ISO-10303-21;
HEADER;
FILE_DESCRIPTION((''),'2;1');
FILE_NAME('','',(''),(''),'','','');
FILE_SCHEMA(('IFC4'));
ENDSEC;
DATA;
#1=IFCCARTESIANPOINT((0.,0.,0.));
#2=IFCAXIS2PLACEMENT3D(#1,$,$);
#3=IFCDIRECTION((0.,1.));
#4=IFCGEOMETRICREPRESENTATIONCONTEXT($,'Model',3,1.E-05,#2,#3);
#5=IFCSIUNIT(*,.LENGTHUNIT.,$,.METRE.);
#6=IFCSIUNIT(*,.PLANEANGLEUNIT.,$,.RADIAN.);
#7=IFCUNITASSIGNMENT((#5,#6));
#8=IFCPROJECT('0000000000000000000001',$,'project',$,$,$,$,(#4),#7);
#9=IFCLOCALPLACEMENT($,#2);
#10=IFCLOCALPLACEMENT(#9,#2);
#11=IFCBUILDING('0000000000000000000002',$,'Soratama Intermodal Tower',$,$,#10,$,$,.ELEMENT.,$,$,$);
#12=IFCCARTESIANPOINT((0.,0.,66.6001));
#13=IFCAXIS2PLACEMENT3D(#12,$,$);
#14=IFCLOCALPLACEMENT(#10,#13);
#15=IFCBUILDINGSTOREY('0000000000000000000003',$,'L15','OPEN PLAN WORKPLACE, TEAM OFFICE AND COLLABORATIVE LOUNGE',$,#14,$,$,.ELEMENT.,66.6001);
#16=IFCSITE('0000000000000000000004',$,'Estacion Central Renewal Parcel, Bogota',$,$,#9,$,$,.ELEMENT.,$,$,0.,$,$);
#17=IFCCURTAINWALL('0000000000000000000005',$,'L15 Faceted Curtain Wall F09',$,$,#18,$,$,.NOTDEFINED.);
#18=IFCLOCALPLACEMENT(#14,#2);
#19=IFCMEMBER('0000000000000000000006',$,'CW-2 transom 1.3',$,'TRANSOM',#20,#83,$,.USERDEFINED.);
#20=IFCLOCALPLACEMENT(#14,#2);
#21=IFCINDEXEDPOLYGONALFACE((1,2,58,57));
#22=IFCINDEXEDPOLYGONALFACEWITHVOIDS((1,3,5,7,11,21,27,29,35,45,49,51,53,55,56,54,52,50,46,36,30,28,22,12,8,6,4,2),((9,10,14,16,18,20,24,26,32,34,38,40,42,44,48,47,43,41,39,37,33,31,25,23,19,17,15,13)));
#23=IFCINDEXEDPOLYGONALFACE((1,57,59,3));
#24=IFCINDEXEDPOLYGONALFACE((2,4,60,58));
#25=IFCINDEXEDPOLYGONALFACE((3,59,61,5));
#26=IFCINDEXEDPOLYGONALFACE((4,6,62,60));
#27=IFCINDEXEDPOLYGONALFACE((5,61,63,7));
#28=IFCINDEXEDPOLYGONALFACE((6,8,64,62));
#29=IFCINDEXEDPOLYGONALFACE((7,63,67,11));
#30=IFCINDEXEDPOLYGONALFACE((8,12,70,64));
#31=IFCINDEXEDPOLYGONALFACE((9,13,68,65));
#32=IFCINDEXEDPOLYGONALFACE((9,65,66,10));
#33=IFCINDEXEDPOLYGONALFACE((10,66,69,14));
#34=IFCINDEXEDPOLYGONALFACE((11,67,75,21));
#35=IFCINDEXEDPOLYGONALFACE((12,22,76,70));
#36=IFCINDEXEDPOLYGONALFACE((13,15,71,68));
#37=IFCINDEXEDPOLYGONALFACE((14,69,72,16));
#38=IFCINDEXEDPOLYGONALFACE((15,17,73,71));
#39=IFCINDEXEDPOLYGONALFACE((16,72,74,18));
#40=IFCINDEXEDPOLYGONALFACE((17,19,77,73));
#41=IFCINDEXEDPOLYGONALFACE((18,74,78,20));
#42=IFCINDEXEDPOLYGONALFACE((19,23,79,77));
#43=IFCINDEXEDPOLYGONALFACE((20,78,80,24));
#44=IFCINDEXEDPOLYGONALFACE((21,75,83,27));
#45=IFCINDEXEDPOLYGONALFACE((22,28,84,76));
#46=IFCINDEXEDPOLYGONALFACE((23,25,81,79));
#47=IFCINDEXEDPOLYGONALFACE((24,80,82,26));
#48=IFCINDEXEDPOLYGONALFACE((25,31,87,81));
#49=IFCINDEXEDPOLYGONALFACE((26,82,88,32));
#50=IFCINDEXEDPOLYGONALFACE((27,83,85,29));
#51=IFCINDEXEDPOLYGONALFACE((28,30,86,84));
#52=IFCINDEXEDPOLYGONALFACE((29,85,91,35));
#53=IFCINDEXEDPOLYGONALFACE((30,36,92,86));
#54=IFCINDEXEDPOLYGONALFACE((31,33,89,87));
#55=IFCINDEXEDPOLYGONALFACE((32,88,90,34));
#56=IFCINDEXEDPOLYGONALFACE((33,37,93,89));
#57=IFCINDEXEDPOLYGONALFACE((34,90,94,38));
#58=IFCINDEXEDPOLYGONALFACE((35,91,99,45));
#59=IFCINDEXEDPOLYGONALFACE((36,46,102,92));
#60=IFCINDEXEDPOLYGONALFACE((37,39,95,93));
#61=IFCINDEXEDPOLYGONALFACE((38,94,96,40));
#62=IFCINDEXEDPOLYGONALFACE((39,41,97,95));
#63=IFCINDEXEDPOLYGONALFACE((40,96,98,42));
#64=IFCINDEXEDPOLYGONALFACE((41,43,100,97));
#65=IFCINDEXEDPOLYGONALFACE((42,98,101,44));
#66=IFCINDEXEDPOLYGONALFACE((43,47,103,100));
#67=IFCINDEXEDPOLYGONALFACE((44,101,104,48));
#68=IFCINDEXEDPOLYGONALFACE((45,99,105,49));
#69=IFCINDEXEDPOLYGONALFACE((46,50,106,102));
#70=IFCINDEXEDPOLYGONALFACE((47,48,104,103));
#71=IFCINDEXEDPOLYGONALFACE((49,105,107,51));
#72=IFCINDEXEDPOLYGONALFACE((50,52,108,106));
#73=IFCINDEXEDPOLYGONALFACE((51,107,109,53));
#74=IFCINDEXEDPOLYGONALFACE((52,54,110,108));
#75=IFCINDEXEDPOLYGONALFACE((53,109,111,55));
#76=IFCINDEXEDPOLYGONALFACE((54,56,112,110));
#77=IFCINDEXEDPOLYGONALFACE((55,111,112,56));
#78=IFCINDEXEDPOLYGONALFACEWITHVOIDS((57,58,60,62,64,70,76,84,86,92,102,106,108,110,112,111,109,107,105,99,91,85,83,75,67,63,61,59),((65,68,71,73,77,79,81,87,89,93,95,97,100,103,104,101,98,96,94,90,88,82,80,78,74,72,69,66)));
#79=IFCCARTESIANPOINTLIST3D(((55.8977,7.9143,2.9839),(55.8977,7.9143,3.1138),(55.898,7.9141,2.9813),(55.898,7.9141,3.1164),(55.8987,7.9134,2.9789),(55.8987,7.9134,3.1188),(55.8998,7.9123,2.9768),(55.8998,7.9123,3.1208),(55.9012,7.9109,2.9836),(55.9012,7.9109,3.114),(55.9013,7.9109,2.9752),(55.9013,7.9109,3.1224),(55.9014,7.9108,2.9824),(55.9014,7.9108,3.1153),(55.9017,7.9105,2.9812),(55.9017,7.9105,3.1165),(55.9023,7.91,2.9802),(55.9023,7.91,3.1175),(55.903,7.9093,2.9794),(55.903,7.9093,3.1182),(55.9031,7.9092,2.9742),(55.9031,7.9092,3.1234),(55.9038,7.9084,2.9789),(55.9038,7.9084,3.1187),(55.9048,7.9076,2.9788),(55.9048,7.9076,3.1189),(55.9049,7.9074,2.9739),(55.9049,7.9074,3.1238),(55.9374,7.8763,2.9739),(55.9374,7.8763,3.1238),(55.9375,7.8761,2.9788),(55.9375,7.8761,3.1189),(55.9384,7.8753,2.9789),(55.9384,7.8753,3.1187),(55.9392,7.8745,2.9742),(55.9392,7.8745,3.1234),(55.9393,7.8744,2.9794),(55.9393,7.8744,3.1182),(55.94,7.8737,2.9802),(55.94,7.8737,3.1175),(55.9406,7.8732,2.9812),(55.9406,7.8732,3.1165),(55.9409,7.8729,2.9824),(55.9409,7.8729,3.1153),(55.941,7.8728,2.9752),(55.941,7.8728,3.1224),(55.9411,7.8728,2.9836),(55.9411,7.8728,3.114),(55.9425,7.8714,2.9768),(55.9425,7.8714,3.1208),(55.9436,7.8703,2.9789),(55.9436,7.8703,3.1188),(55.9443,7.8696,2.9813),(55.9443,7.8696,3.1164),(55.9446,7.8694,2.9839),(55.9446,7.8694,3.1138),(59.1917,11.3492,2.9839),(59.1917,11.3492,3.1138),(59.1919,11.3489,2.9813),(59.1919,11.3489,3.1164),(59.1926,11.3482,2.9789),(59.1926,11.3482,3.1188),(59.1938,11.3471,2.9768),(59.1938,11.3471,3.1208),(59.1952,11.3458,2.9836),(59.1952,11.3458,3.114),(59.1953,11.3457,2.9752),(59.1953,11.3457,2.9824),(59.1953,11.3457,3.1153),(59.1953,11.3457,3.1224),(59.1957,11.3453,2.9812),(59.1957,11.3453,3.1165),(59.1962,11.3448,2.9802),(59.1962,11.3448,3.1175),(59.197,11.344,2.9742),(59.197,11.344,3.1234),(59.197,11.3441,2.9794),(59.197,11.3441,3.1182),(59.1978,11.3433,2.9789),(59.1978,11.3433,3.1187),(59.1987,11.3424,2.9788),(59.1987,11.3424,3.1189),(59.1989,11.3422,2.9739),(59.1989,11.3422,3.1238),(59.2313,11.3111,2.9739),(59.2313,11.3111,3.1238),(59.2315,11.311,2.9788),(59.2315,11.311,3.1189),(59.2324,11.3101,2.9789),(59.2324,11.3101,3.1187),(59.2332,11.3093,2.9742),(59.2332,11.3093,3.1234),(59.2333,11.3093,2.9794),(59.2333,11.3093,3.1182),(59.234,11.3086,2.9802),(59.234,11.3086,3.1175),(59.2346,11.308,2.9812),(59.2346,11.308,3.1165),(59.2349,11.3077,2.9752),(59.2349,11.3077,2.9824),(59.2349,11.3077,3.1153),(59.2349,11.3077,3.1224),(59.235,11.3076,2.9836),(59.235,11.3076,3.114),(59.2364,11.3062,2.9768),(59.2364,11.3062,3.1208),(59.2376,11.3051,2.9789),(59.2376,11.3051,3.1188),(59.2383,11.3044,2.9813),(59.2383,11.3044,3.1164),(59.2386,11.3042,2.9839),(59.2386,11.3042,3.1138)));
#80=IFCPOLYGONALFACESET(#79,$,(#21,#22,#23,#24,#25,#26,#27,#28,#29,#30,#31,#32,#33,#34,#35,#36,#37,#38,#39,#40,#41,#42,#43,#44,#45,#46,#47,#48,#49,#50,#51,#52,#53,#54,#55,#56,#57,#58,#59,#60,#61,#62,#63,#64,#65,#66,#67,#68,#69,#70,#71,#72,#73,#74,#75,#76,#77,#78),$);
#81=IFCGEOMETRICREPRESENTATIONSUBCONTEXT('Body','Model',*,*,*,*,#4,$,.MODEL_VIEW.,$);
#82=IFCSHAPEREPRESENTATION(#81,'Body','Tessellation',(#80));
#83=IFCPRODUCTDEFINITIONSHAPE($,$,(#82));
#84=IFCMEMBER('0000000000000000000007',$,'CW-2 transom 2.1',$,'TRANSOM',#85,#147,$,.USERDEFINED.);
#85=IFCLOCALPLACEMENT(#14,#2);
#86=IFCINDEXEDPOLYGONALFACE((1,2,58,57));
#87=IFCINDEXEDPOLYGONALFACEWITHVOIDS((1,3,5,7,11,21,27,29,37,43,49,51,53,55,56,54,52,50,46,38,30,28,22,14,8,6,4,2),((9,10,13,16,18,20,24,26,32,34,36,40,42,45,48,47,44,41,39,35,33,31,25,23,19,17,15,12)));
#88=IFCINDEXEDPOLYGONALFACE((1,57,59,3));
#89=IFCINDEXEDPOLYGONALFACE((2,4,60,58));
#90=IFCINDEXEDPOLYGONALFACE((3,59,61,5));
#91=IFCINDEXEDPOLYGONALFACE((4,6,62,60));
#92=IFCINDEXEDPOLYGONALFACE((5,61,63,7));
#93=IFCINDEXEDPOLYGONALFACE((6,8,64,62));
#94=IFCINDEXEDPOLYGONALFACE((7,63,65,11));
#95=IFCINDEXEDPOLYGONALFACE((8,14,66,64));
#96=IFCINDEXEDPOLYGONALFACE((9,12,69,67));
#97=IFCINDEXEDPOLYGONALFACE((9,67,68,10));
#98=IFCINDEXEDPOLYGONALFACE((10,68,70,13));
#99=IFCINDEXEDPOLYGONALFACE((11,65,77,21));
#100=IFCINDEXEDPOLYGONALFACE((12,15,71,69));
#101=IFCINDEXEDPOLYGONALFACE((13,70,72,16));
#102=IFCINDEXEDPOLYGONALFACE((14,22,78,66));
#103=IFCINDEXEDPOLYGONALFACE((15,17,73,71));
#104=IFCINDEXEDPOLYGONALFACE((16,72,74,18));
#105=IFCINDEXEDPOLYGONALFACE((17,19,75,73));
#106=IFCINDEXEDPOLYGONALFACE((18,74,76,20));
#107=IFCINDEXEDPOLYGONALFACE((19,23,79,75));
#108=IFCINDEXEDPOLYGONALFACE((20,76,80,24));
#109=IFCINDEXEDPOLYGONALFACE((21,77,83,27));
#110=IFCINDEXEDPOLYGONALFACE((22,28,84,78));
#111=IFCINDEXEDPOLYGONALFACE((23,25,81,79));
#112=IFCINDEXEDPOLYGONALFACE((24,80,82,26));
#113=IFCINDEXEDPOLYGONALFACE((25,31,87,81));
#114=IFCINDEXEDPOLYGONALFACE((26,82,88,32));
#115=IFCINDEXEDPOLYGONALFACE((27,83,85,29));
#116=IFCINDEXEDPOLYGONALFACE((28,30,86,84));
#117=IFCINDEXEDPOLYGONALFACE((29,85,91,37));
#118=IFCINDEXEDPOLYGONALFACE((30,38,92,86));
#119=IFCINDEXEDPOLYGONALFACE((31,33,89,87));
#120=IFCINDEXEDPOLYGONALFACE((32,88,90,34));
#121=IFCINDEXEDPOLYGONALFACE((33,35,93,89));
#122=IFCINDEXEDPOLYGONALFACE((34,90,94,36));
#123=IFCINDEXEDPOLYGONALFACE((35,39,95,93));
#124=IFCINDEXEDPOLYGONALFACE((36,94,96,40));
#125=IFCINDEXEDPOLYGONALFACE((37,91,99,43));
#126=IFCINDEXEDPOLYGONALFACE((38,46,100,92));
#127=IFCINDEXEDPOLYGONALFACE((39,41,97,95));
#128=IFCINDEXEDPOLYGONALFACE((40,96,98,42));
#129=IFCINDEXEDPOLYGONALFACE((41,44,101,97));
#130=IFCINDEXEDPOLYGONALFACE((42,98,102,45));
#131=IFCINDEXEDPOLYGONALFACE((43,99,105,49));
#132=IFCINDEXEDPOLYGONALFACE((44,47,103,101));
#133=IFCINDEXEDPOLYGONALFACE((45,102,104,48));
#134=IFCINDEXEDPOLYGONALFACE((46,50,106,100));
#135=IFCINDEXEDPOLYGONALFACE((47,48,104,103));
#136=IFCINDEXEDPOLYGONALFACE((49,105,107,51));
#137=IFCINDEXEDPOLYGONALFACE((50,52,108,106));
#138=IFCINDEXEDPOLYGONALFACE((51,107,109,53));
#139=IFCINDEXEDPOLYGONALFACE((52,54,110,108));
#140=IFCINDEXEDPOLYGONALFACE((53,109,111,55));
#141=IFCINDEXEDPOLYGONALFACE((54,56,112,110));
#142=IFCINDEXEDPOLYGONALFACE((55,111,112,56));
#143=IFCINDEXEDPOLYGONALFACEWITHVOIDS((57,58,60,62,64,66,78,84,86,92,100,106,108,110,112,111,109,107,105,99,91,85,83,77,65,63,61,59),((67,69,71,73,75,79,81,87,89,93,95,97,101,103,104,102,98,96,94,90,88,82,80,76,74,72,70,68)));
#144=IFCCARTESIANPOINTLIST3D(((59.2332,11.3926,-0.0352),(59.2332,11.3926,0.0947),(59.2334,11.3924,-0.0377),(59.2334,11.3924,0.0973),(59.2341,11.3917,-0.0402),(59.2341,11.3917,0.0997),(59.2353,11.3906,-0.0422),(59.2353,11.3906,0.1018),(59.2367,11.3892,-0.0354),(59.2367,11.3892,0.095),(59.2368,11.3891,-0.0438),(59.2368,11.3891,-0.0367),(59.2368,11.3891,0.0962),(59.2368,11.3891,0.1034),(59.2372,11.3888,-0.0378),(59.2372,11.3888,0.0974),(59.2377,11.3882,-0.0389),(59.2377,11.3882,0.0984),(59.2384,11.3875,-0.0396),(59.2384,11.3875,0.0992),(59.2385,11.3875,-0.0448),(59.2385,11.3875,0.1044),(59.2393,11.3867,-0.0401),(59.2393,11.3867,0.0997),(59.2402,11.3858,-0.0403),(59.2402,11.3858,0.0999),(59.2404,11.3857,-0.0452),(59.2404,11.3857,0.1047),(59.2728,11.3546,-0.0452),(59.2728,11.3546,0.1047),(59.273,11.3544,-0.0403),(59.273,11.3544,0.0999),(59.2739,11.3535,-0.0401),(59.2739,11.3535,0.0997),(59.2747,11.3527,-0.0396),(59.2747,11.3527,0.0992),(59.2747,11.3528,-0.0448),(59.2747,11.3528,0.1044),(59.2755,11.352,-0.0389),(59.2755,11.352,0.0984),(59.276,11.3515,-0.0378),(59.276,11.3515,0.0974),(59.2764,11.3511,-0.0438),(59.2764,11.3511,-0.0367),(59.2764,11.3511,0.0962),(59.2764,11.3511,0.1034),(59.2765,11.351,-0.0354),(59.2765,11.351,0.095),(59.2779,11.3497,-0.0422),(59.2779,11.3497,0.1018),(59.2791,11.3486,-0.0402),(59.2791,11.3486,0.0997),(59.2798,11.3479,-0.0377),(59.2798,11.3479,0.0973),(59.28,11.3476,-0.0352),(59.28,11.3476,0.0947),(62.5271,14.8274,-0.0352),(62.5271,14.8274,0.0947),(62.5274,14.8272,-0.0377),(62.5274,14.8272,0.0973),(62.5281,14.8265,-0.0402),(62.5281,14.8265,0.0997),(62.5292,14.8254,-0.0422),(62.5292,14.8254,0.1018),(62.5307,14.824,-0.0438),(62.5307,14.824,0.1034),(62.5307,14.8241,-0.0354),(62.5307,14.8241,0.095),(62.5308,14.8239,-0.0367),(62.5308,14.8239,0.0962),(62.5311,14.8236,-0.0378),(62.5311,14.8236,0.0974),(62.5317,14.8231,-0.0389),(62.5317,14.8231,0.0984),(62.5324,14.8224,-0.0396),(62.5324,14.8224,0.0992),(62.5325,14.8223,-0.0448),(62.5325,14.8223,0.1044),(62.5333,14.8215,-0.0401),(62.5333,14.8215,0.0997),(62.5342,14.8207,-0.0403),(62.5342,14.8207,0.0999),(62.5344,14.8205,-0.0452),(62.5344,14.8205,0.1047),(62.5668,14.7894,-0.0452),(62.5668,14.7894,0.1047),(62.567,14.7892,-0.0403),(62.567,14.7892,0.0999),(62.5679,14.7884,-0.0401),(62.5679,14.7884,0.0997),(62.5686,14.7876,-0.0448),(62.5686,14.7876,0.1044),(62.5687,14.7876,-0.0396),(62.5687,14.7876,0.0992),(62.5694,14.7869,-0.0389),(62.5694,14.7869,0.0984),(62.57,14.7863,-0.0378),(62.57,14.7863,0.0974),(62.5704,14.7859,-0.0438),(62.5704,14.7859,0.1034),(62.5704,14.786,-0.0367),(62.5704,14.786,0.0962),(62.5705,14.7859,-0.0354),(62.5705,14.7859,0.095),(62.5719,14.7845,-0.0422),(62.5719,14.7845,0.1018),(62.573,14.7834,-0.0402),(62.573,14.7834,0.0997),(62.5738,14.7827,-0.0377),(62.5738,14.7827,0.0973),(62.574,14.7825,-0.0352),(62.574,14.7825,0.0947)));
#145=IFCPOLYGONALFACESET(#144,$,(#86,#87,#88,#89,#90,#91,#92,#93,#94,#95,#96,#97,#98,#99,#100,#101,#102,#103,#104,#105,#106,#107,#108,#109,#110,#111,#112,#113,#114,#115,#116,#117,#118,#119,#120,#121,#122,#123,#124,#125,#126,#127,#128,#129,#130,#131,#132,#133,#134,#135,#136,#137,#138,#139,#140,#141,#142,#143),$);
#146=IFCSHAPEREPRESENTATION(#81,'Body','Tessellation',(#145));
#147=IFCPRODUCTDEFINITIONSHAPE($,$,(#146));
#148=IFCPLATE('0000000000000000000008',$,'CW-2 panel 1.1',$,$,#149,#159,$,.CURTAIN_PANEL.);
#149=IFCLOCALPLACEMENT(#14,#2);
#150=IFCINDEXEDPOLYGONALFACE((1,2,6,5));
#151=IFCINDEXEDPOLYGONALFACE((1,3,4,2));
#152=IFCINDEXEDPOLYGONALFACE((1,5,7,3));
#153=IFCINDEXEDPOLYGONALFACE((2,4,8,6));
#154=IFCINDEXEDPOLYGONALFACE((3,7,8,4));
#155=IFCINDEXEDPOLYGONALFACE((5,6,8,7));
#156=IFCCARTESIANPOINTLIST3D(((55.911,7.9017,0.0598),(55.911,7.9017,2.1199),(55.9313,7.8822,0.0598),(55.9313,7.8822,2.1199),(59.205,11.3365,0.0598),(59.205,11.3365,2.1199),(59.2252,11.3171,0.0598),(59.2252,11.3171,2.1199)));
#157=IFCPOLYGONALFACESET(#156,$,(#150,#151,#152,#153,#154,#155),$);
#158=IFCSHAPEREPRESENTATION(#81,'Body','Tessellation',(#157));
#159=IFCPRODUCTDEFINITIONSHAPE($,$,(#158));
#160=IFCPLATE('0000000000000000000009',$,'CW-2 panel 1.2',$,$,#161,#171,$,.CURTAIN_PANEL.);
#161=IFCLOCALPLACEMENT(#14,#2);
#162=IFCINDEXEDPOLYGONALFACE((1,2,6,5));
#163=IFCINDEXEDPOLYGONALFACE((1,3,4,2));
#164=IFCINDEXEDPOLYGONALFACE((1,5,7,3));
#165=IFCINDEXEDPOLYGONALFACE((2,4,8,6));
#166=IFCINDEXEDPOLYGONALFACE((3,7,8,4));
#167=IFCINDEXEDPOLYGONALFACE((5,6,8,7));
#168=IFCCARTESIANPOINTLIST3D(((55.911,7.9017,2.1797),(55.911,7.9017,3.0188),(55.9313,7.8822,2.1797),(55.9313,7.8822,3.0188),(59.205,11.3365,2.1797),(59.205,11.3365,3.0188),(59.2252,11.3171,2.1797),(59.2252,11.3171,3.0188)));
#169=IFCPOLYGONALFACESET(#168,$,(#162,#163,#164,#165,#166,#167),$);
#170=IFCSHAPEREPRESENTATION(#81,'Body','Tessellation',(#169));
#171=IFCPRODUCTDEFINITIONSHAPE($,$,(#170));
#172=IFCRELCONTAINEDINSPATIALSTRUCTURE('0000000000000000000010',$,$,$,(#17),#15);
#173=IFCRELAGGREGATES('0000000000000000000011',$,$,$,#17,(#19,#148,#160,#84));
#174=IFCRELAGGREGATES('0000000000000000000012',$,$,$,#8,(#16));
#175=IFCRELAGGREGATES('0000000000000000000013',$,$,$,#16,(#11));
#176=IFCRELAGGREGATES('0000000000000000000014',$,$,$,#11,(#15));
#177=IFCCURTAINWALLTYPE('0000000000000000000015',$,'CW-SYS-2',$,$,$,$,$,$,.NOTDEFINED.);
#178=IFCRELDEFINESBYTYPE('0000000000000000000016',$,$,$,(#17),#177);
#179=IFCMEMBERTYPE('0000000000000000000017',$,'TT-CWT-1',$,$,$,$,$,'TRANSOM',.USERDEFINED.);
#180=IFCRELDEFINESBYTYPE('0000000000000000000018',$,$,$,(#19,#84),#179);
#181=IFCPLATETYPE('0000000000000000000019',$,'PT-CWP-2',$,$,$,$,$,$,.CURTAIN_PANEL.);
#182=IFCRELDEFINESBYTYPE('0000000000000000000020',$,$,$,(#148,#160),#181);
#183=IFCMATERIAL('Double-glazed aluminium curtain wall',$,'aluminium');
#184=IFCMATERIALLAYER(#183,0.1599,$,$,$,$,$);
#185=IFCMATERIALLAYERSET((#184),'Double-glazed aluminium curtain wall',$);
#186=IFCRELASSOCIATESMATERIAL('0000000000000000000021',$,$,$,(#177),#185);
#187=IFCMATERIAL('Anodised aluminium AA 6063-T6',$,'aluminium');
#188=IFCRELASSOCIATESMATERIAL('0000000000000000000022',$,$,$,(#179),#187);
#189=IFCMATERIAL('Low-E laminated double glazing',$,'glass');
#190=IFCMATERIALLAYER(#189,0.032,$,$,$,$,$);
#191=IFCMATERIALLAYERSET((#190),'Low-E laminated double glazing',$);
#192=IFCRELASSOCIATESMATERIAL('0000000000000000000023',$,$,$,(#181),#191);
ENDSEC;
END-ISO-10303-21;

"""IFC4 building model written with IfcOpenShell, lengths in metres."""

from ifc_helpers import new_model, si_unit, direction, frame, origin, origin_2d, place, context, subcontext, project, spatial, rectangle, hollow_rectangle, extrude, material, layer, layer_set, material_profile, profile_set, type_object, element, aggregate, save


model = new_model("IFC4")

# Units and contexts
model_context = context("Model", 3, precision=1e-05, world=origin(), true_north=direction((0.0, 1.0)))
body_context = subcontext(model_context, "Body", "Model", "MODEL_VIEW")
ifc_project = project(units=[si_unit("LENGTHUNIT", "METRE"), si_unit("PLANEANGLEUNIT", "RADIAN")], contexts=[model_context])

# Site, building, storey
site_placement = place(None, origin())
site = spatial("IfcSite", under=ifc_project, at=site_placement, Name="Estacion Central Renewal Parcel, Bogota", CompositionType="ELEMENT", RefElevation=0.0)
building_placement = place(site_placement, origin())
building = spatial("IfcBuilding", under=site, at=building_placement, Name="Soratama Intermodal Tower", CompositionType="ELEMENT")
storey_placement = place(building_placement, frame((0.0, 0.0, 66.6001)))
storey = spatial("IfcBuildingStorey", under=building, at=storey_placement, Name="L15", Description="OPEN PLAN WORKPLACE, TEAM OFFICE AND COLLABORATIVE LOUNGE", CompositionType="ELEMENT", Elevation=66.6001)

# Curtain wall, members, plates
ifc_material_1 = material(Name="Double-glazed aluminium curtain wall", Category="aluminium")
ifc_layer_1 = layer(ifc_material_1, 0.1599)
ifc_layer_set_1 = layer_set([ifc_layer_1], Name="Double-glazed aluminium curtain wall")
curtain_wall_type = type_object("IfcCurtainWallType", Name="CW-SYS-2", PredefinedType="NOTDEFINED", material=ifc_layer_set_1)
curtain_wall_placement = place(storey_placement, origin())
curtain_wall = element("IfcCurtainWall", 1, at=curtain_wall_placement, inside=storey, type_object=curtain_wall_type, Name="L15 Faceted Curtain Wall F09", PredefinedType="NOTDEFINED")
ifc_material_2 = material(Name="Anodised aluminium AA 6063-T6", Category="aluminium")
ifc_material_profile_1 = material_profile(ifc_material_2, hollow_rectangle(XDim=0.0649, YDim=0.1499, WallThickness=0.0049, InnerFilletRadius=0.0049, OuterFilletRadius=0.01, at=origin_2d()), Name="CWT150X65X5")
ifc_profile_set_1 = profile_set([ifc_material_profile_1], Name="Anodised aluminium AA 6063-T6")
member_type_1 = type_object("IfcMemberType", Name="TT-CWT-1", ElementType="TRANSOM", PredefinedType="USERDEFINED", material=ifc_profile_set_1)
member_1_placement = place(storey_placement, frame((55.9211, 7.8918, 3.0488), z_axis=(0.692152, 0.721752, 0.0), x_axis=(-0.721752, 0.692152, 0.0)))
member_1 = element("IfcMember", 2, at=member_1_placement, type_object=member_type_1, Name="CW-2 transom 1.3", ObjectType="TRANSOM", PredefinedType="USERDEFINED", context=body_context, shape_type="SweptSolid", body=[
    extrude(hollow_rectangle(XDim=0.0649, YDim=0.1499, WallThickness=0.0049, InnerFilletRadius=0.0049, OuterFilletRadius=0.01, at=origin_2d()), origin(), (0.0, 0.0, 1.0), 4.759),
])
member_2_placement = place(storey_placement, frame((59.2566, 11.3701, 0.0298), z_axis=(0.692152, 0.721752, 0.0), x_axis=(-0.721752, 0.692152, 0.0)))
member_2 = element("IfcMember", 3, at=member_2_placement, type_object=member_type_1, Name="CW-2 transom 2.1", ObjectType="TRANSOM", PredefinedType="USERDEFINED", context=body_context, shape_type="SweptSolid", body=[
    extrude(hollow_rectangle(XDim=0.0649, YDim=0.1499, WallThickness=0.0049, InnerFilletRadius=0.0049, OuterFilletRadius=0.01, at=origin_2d()), origin(), (0.0, 0.0, 1.0), 4.759),
])
ifc_material_3 = material(Name="Low-E laminated double glazing", Category="glass")
ifc_layer_2 = layer(ifc_material_3, 0.032)
ifc_layer_set_2 = layer_set([ifc_layer_2], Name="Low-E laminated double glazing")
plate_type = type_object("IfcPlateType", Name="PT-CWP-2", PredefinedType="CURTAIN_PANEL", material=ifc_layer_set_2)
plate_1_placement = place(storey_placement, frame((57.5681, 9.6094, 0.0598), z_axis=(0.0, 0.0, 1.0), x_axis=(0.692145, 0.721759, 0.0)))
plate_1 = element("IfcPlate", 4, at=plate_1_placement, type_object=plate_type, Name="CW-2 panel 1.1", PredefinedType="CURTAIN_PANEL", context=body_context, shape_type="SweptSolid", body=[
    extrude(rectangle(XDim=4.759, YDim=0.0281, at=origin_2d()), origin(), (0.0, 0.0, 1.0), 2.0601),
])
plate_2_placement = place(storey_placement, frame((57.5681, 9.6094, 2.1797), z_axis=(0.0, 0.0, 1.0), x_axis=(0.692145, 0.721759, 0.0)))
plate_2 = element("IfcPlate", 5, at=plate_2_placement, type_object=plate_type, Name="CW-2 panel 1.2", PredefinedType="CURTAIN_PANEL", context=body_context, shape_type="SweptSolid", body=[
    extrude(rectangle(XDim=4.759, YDim=0.0281, at=origin_2d()), origin(), (0.0, 0.0, 1.0), 0.8391),
])
aggregate(curtain_wall, [member_1, plate_1, plate_2, member_2])

save(model, "model.ifc")
